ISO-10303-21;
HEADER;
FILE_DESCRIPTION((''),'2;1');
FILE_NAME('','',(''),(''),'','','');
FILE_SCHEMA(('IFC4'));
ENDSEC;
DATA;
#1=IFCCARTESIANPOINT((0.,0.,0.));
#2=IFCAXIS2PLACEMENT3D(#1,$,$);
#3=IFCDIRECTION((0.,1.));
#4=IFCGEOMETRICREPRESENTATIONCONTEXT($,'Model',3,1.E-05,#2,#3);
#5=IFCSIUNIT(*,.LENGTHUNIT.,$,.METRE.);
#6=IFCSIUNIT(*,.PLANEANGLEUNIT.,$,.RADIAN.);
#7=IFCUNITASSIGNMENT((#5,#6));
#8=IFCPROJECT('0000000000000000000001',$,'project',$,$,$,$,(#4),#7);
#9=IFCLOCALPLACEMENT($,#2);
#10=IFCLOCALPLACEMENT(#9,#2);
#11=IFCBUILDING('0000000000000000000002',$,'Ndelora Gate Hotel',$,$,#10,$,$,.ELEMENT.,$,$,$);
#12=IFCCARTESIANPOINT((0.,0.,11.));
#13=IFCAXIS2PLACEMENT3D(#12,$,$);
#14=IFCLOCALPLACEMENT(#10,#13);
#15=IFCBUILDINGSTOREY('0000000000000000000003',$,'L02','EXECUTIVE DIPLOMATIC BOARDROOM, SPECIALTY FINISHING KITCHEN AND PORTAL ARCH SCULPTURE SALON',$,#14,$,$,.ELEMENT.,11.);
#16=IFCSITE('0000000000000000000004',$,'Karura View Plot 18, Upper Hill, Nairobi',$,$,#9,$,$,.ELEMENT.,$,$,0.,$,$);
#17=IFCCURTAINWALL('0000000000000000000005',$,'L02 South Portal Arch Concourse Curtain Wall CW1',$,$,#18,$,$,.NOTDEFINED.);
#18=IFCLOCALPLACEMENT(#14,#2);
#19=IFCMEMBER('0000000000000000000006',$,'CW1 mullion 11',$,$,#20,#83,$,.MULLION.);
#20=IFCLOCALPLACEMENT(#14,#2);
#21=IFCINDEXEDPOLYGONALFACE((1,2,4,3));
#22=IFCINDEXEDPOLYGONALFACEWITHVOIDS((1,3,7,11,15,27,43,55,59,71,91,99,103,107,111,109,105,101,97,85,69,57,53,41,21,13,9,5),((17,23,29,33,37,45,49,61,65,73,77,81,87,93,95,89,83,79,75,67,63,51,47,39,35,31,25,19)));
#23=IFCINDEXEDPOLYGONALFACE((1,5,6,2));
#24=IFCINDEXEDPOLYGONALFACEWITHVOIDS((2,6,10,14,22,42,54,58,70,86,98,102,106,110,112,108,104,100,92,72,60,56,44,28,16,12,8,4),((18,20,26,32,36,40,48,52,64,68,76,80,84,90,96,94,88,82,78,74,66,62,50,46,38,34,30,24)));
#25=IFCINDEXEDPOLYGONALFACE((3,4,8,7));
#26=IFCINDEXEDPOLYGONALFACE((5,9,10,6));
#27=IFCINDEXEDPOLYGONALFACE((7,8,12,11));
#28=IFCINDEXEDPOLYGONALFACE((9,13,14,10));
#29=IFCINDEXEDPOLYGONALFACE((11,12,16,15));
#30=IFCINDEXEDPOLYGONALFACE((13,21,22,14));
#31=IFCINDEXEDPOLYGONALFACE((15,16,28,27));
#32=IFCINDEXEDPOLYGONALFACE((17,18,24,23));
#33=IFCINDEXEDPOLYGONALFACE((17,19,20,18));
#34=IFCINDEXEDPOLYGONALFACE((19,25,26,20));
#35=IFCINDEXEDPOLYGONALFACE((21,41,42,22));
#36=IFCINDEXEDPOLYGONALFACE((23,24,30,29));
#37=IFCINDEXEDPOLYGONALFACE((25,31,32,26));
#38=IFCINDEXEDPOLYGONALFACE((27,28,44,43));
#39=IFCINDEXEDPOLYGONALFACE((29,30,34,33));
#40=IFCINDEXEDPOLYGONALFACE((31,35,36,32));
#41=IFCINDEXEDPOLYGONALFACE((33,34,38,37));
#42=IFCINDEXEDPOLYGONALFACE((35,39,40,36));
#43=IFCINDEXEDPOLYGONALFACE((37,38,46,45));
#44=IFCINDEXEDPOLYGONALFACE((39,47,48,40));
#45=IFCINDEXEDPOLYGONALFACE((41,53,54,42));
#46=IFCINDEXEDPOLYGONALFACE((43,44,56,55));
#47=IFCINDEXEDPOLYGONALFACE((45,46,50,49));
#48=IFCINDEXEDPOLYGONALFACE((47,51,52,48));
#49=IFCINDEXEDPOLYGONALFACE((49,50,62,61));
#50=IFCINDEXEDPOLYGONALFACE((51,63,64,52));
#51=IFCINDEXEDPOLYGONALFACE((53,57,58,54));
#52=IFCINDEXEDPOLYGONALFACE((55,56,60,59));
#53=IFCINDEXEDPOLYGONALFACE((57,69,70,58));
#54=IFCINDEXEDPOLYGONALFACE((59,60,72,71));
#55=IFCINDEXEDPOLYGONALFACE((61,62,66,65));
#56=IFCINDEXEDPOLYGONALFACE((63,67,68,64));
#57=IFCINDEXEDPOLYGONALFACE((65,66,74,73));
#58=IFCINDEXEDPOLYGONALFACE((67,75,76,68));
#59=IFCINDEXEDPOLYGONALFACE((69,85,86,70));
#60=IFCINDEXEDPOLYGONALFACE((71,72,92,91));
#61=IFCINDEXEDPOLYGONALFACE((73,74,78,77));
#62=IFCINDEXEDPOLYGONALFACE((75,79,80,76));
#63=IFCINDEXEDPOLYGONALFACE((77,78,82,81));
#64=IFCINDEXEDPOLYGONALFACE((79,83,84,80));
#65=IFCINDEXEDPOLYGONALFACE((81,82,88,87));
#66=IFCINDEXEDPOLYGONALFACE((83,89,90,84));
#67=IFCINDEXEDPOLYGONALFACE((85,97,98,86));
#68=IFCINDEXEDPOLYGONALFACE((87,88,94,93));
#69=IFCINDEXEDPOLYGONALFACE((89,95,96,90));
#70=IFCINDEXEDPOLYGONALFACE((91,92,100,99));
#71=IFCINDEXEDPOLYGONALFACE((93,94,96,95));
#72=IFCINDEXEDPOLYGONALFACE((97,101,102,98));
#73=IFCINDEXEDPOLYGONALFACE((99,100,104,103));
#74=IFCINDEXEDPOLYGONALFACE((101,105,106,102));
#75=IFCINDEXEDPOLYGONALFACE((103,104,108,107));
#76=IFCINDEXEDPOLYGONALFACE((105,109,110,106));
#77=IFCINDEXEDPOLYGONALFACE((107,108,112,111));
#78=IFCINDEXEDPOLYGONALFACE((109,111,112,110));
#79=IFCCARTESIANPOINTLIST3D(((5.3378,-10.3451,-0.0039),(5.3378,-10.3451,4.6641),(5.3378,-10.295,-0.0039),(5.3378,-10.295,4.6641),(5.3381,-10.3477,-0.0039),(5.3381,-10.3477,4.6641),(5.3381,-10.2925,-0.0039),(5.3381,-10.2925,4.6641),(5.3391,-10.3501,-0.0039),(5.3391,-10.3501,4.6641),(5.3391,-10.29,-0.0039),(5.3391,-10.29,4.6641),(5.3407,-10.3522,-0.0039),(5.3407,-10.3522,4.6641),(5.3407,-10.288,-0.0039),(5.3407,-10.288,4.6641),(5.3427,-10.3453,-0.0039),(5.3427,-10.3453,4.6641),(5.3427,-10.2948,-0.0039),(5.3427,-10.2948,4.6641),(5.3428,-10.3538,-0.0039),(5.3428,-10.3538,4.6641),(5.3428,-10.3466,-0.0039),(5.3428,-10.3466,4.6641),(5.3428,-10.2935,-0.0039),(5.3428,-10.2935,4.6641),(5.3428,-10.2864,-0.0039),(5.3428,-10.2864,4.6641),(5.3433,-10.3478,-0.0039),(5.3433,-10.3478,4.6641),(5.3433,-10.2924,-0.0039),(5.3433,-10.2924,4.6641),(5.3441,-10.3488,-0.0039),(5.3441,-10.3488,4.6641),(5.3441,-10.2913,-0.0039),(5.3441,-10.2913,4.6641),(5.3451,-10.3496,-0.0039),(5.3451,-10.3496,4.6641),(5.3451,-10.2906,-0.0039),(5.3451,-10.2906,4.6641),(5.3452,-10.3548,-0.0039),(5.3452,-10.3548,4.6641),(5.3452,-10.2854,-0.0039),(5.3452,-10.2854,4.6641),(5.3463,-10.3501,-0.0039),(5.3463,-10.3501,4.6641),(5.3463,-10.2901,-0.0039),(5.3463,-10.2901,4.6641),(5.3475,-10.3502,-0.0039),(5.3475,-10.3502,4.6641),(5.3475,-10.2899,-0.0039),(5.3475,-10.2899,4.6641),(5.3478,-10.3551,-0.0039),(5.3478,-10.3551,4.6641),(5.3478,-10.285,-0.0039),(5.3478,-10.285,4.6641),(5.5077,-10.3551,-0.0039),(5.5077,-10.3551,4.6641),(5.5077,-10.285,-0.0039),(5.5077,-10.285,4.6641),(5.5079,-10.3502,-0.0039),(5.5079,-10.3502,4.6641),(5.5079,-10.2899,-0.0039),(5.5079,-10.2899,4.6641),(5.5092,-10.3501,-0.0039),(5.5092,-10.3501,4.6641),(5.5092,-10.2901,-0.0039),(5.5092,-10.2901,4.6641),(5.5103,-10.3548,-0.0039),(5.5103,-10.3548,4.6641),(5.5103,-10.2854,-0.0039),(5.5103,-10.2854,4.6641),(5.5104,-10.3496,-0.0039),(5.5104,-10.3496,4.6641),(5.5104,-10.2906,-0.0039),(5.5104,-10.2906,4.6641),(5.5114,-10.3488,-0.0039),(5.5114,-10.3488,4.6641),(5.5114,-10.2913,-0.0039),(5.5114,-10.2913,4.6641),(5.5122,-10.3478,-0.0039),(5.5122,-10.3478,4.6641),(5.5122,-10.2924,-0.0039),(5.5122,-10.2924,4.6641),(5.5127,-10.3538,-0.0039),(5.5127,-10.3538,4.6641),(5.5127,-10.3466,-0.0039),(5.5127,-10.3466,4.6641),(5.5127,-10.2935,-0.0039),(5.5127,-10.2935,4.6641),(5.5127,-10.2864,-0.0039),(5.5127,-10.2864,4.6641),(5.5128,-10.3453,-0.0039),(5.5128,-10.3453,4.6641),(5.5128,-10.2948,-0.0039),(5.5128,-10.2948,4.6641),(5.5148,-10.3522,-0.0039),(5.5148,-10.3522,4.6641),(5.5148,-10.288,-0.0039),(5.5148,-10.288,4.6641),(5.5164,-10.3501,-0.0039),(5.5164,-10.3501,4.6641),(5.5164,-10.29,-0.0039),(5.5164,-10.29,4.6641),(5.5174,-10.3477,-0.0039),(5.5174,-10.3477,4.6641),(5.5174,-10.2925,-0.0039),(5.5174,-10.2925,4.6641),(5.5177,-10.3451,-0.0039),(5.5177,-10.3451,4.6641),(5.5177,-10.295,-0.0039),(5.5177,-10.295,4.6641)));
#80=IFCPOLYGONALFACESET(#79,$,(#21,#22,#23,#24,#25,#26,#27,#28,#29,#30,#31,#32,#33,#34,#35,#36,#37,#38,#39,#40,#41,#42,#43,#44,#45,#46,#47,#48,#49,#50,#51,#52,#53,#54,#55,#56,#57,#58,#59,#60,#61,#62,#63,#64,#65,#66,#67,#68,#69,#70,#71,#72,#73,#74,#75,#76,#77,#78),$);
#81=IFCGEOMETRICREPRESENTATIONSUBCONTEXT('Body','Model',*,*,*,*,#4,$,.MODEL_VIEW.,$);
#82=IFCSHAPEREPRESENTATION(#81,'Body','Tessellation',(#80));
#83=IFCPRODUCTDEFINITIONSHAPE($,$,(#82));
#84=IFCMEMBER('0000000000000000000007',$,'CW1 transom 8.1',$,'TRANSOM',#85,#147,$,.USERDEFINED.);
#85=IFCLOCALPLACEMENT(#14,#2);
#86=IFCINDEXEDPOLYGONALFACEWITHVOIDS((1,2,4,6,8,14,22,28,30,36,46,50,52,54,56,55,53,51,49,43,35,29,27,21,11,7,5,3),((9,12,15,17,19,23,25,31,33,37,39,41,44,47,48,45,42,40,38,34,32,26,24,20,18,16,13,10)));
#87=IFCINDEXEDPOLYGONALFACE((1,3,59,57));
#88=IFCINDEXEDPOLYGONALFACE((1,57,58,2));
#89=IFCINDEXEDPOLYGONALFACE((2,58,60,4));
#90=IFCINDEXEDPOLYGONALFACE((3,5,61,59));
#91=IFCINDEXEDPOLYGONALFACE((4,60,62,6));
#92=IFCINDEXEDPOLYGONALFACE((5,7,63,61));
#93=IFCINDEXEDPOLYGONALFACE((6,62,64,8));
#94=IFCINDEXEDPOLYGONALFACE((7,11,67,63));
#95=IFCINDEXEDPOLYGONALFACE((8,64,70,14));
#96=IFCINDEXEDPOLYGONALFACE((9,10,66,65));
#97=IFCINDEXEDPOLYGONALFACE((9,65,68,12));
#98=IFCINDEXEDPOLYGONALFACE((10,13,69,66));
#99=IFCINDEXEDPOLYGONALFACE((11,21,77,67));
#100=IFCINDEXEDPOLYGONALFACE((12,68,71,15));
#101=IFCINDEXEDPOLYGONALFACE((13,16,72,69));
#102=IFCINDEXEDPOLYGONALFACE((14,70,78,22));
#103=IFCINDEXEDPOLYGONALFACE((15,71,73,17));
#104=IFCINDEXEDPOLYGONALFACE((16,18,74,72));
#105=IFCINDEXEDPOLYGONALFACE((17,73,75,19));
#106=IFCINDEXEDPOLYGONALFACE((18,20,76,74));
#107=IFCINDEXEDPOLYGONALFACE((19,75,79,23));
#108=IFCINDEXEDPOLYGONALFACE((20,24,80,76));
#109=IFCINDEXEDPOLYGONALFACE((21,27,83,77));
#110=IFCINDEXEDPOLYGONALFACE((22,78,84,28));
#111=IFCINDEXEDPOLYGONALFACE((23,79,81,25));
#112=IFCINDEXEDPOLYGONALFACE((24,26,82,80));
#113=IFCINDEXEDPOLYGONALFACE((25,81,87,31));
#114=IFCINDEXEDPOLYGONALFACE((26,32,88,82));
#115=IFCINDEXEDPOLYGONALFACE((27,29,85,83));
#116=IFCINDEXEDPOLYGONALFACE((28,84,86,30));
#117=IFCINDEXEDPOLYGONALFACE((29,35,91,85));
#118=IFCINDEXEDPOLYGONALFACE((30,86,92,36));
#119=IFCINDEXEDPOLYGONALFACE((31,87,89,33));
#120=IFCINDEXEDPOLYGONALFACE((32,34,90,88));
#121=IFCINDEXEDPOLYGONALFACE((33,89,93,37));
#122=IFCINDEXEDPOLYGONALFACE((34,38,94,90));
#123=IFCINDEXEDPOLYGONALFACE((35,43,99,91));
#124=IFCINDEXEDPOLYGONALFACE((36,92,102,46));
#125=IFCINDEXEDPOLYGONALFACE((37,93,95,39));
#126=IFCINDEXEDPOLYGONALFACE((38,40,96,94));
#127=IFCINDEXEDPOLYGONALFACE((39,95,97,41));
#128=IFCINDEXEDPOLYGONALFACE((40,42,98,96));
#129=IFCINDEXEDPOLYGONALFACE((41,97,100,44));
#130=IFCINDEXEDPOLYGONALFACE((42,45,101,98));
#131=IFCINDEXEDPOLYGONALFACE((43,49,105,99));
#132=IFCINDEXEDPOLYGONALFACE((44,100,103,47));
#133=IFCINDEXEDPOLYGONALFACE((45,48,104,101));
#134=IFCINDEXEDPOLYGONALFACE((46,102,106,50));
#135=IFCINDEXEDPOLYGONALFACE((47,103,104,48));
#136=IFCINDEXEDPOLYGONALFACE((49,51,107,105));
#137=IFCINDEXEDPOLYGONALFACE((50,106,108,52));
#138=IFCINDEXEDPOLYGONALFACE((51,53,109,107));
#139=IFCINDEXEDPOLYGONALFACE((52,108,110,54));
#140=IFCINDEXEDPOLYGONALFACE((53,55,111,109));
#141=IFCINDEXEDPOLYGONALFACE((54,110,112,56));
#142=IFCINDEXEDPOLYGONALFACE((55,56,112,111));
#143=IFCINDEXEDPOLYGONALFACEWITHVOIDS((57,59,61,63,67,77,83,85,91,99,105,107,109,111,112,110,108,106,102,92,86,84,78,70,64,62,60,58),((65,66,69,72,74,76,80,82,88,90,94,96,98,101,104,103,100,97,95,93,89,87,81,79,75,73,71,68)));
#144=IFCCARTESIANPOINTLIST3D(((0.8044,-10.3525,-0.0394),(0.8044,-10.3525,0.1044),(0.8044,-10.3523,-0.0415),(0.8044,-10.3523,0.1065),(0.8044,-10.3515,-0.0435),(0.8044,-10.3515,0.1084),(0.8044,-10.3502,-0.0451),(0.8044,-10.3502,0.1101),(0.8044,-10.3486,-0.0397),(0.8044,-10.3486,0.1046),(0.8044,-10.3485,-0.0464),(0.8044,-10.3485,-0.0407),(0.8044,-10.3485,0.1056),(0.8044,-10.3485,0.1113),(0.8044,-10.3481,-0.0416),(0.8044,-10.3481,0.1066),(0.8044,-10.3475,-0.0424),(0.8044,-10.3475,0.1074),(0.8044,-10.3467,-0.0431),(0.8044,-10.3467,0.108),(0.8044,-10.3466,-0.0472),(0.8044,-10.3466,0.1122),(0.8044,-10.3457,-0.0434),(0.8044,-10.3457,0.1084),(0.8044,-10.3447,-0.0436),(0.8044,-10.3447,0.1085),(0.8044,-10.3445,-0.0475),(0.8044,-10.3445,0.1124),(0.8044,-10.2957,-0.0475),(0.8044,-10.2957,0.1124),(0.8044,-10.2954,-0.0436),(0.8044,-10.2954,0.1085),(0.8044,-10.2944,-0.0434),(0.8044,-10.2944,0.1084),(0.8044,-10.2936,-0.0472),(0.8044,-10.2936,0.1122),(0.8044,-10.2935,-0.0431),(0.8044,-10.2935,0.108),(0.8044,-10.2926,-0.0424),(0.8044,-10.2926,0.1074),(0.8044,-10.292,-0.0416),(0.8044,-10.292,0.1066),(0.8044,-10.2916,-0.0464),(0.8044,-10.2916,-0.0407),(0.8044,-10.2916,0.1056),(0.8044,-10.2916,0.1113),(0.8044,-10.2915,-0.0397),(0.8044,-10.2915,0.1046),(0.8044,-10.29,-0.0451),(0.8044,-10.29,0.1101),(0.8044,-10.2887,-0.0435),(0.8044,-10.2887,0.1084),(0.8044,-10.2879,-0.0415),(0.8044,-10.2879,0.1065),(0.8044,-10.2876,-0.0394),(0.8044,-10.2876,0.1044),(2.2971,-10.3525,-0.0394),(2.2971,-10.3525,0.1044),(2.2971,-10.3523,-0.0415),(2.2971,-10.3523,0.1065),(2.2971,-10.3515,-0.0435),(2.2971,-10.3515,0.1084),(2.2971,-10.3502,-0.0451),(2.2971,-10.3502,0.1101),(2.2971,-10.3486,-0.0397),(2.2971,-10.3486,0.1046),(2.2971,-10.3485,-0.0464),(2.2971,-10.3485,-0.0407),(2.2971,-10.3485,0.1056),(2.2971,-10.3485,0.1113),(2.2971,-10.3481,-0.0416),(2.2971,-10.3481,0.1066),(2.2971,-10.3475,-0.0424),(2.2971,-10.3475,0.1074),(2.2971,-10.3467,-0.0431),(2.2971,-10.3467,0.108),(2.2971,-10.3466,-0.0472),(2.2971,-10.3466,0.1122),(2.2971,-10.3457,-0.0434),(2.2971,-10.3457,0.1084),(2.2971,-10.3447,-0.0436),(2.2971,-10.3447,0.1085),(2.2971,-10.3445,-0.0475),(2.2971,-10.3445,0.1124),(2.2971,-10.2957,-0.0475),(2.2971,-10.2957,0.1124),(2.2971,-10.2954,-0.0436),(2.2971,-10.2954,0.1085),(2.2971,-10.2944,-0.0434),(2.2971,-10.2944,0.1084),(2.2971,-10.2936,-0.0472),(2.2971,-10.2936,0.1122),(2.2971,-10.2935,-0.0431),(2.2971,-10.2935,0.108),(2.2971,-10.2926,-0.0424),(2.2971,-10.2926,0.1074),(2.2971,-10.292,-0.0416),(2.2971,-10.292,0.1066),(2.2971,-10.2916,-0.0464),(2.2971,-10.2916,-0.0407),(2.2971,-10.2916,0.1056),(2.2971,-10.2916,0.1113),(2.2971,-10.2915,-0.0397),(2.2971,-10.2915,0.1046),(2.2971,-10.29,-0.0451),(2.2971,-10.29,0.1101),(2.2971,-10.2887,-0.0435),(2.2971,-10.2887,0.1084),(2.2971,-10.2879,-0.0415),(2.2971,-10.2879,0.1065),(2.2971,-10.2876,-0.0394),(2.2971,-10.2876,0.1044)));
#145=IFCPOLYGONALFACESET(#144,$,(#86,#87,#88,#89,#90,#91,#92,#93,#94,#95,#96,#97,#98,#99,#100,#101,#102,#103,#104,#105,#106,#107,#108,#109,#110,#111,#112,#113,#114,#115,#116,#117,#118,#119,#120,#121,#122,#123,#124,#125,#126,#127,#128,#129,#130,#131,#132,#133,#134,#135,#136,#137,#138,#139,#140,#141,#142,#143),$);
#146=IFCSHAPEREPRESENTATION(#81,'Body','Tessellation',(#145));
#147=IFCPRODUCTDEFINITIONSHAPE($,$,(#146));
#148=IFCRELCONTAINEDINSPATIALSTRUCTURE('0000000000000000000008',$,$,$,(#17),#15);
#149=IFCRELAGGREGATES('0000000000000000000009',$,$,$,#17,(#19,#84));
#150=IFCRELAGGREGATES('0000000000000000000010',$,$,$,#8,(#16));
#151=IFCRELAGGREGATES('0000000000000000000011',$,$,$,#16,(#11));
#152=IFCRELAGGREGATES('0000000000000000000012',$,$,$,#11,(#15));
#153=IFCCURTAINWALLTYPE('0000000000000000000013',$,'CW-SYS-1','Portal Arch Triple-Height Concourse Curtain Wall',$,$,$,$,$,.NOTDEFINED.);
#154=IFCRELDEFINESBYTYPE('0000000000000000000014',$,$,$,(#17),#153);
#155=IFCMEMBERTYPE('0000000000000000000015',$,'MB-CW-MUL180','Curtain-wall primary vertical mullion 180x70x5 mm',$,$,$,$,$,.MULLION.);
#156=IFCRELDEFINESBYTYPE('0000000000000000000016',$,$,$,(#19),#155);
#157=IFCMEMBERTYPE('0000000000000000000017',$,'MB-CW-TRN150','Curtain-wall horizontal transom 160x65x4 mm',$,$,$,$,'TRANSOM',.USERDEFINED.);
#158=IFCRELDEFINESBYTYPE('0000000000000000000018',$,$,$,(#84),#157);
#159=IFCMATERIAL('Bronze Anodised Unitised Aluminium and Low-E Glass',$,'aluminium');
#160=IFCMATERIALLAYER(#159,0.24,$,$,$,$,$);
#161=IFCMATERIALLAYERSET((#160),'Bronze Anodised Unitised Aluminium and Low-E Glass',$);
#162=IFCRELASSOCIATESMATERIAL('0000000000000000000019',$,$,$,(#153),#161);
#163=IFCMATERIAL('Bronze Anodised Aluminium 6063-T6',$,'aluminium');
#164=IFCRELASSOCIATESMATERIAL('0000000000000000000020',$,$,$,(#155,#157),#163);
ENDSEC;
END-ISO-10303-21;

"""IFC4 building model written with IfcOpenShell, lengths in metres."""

from ifc_helpers import new_model, si_unit, direction, frame, origin, origin_2d, place, context, subcontext, project, spatial, hollow_rectangle, extrude, material, layer, layer_set, material_profile, profile_set, type_object, element, aggregate, save


model = new_model("IFC4")

# Units and contexts
model_context = context("Model", 3, precision=1e-05, world=origin(), true_north=direction((0.0, 1.0)))
body_context = subcontext(model_context, "Body", "Model", "MODEL_VIEW")
ifc_project = project(units=[si_unit("LENGTHUNIT", "METRE"), si_unit("PLANEANGLEUNIT", "RADIAN")], contexts=[model_context])

# Site, building, storey
site_placement = place(None, origin())
site = spatial("IfcSite", under=ifc_project, at=site_placement, Name="Karura View Plot 18, Upper Hill, Nairobi", CompositionType="ELEMENT", RefElevation=0.0)
building_placement = place(site_placement, origin())
building = spatial("IfcBuilding", under=site, at=building_placement, Name="Ndelora Gate Hotel", CompositionType="ELEMENT")
storey_placement = place(building_placement, frame((0.0, 0.0, 11.0)))
storey = spatial("IfcBuildingStorey", under=building, at=storey_placement, Name="L02", Description="EXECUTIVE DIPLOMATIC BOARDROOM, SPECIALTY FINISHING KITCHEN AND PORTAL ARCH SCULPTURE SALON", CompositionType="ELEMENT", Elevation=11.0)

# Curtain wall, members
ifc_material_1 = material(Name="Bronze Anodised Unitised Aluminium and Low-E Glass", Category="aluminium")
ifc_layer_1 = layer(ifc_material_1, 0.24)
ifc_layer_set_1 = layer_set([ifc_layer_1], Name="Bronze Anodised Unitised Aluminium and Low-E Glass")
curtain_wall_type = type_object("IfcCurtainWallType", Name="CW-SYS-1", Description="Portal Arch Triple-Height Concourse Curtain Wall", PredefinedType="NOTDEFINED", material=ifc_layer_set_1)
curtain_wall_placement = place(storey_placement, origin())
curtain_wall = element("IfcCurtainWall", 1, at=curtain_wall_placement, inside=storey, type_object=curtain_wall_type, Name="L02 South Portal Arch Concourse Curtain Wall CW1", PredefinedType="NOTDEFINED")
ifc_material_2 = material(Name="Bronze Anodised Aluminium 6063-T6", Category="aluminium")
ifc_material_profile_1 = material_profile(ifc_material_2, hollow_rectangle(XDim=0.0701, YDim=0.1799, WallThickness=0.0049, InnerFilletRadius=0.0049, OuterFilletRadius=0.01, at=origin_2d()), Name="ALU 180x70x5")
ifc_profile_set_1 = profile_set([ifc_material_profile_1], Name="Bronze Anodised Aluminium 6063-T6")
member_type_1 = type_object("IfcMemberType", Name="MB-CW-MUL180", Description="Curtain-wall primary vertical mullion 180x70x5 mm", PredefinedType="MULLION", material=ifc_profile_set_1)
member_1_placement = place(storey_placement, frame((5.4277, -10.3201, -0.0039), z_axis=(0.0, 0.0, 1.0), x_axis=(0.0, 1.0, 0.0)))
member_1 = element("IfcMember", 2, at=member_1_placement, type_object=member_type_1, Name="CW1 mullion 11", PredefinedType="MULLION", context=body_context, shape_type="SweptSolid", body=[
    extrude(hollow_rectangle(XDim=0.0701, YDim=0.1799, WallThickness=0.0049, InnerFilletRadius=0.0049, OuterFilletRadius=0.01, at=origin_2d()), origin(), (0.0, 0.0, 1.0), 4.668),
])
ifc_material_profile_2 = material_profile(ifc_material_2, hollow_rectangle(XDim=0.0649, YDim=0.1599, WallThickness=0.0039, InnerFilletRadius=0.0039, OuterFilletRadius=0.0081, at=origin_2d()), Name="ALU 160x65x4")
ifc_profile_set_2 = profile_set([ifc_material_profile_2], Name="Bronze Anodised Aluminium 6063-T6")
member_type_2 = type_object("IfcMemberType", Name="MB-CW-TRN150", Description="Curtain-wall horizontal transom 160x65x4 mm", ElementType="TRANSOM", PredefinedType="USERDEFINED", material=ifc_profile_set_2)
member_2_placement = place(storey_placement, frame((0.8044, -10.3201, 0.0325), z_axis=(1.0, 0.0, 0.0), x_axis=(0.0, 1.0, 0.0)))
member_2 = element("IfcMember", 3, at=member_2_placement, type_object=member_type_2, Name="CW1 transom 8.1", ObjectType="TRANSOM", PredefinedType="USERDEFINED", context=body_context, shape_type="SweptSolid", body=[
    extrude(hollow_rectangle(XDim=0.0649, YDim=0.1599, WallThickness=0.0039, InnerFilletRadius=0.0039, OuterFilletRadius=0.0081, at=origin_2d()), origin(), (0.0, 0.0, 1.0), 1.4927),
])
aggregate(curtain_wall, [member_1, member_2])

save(model, "model.ifc")
